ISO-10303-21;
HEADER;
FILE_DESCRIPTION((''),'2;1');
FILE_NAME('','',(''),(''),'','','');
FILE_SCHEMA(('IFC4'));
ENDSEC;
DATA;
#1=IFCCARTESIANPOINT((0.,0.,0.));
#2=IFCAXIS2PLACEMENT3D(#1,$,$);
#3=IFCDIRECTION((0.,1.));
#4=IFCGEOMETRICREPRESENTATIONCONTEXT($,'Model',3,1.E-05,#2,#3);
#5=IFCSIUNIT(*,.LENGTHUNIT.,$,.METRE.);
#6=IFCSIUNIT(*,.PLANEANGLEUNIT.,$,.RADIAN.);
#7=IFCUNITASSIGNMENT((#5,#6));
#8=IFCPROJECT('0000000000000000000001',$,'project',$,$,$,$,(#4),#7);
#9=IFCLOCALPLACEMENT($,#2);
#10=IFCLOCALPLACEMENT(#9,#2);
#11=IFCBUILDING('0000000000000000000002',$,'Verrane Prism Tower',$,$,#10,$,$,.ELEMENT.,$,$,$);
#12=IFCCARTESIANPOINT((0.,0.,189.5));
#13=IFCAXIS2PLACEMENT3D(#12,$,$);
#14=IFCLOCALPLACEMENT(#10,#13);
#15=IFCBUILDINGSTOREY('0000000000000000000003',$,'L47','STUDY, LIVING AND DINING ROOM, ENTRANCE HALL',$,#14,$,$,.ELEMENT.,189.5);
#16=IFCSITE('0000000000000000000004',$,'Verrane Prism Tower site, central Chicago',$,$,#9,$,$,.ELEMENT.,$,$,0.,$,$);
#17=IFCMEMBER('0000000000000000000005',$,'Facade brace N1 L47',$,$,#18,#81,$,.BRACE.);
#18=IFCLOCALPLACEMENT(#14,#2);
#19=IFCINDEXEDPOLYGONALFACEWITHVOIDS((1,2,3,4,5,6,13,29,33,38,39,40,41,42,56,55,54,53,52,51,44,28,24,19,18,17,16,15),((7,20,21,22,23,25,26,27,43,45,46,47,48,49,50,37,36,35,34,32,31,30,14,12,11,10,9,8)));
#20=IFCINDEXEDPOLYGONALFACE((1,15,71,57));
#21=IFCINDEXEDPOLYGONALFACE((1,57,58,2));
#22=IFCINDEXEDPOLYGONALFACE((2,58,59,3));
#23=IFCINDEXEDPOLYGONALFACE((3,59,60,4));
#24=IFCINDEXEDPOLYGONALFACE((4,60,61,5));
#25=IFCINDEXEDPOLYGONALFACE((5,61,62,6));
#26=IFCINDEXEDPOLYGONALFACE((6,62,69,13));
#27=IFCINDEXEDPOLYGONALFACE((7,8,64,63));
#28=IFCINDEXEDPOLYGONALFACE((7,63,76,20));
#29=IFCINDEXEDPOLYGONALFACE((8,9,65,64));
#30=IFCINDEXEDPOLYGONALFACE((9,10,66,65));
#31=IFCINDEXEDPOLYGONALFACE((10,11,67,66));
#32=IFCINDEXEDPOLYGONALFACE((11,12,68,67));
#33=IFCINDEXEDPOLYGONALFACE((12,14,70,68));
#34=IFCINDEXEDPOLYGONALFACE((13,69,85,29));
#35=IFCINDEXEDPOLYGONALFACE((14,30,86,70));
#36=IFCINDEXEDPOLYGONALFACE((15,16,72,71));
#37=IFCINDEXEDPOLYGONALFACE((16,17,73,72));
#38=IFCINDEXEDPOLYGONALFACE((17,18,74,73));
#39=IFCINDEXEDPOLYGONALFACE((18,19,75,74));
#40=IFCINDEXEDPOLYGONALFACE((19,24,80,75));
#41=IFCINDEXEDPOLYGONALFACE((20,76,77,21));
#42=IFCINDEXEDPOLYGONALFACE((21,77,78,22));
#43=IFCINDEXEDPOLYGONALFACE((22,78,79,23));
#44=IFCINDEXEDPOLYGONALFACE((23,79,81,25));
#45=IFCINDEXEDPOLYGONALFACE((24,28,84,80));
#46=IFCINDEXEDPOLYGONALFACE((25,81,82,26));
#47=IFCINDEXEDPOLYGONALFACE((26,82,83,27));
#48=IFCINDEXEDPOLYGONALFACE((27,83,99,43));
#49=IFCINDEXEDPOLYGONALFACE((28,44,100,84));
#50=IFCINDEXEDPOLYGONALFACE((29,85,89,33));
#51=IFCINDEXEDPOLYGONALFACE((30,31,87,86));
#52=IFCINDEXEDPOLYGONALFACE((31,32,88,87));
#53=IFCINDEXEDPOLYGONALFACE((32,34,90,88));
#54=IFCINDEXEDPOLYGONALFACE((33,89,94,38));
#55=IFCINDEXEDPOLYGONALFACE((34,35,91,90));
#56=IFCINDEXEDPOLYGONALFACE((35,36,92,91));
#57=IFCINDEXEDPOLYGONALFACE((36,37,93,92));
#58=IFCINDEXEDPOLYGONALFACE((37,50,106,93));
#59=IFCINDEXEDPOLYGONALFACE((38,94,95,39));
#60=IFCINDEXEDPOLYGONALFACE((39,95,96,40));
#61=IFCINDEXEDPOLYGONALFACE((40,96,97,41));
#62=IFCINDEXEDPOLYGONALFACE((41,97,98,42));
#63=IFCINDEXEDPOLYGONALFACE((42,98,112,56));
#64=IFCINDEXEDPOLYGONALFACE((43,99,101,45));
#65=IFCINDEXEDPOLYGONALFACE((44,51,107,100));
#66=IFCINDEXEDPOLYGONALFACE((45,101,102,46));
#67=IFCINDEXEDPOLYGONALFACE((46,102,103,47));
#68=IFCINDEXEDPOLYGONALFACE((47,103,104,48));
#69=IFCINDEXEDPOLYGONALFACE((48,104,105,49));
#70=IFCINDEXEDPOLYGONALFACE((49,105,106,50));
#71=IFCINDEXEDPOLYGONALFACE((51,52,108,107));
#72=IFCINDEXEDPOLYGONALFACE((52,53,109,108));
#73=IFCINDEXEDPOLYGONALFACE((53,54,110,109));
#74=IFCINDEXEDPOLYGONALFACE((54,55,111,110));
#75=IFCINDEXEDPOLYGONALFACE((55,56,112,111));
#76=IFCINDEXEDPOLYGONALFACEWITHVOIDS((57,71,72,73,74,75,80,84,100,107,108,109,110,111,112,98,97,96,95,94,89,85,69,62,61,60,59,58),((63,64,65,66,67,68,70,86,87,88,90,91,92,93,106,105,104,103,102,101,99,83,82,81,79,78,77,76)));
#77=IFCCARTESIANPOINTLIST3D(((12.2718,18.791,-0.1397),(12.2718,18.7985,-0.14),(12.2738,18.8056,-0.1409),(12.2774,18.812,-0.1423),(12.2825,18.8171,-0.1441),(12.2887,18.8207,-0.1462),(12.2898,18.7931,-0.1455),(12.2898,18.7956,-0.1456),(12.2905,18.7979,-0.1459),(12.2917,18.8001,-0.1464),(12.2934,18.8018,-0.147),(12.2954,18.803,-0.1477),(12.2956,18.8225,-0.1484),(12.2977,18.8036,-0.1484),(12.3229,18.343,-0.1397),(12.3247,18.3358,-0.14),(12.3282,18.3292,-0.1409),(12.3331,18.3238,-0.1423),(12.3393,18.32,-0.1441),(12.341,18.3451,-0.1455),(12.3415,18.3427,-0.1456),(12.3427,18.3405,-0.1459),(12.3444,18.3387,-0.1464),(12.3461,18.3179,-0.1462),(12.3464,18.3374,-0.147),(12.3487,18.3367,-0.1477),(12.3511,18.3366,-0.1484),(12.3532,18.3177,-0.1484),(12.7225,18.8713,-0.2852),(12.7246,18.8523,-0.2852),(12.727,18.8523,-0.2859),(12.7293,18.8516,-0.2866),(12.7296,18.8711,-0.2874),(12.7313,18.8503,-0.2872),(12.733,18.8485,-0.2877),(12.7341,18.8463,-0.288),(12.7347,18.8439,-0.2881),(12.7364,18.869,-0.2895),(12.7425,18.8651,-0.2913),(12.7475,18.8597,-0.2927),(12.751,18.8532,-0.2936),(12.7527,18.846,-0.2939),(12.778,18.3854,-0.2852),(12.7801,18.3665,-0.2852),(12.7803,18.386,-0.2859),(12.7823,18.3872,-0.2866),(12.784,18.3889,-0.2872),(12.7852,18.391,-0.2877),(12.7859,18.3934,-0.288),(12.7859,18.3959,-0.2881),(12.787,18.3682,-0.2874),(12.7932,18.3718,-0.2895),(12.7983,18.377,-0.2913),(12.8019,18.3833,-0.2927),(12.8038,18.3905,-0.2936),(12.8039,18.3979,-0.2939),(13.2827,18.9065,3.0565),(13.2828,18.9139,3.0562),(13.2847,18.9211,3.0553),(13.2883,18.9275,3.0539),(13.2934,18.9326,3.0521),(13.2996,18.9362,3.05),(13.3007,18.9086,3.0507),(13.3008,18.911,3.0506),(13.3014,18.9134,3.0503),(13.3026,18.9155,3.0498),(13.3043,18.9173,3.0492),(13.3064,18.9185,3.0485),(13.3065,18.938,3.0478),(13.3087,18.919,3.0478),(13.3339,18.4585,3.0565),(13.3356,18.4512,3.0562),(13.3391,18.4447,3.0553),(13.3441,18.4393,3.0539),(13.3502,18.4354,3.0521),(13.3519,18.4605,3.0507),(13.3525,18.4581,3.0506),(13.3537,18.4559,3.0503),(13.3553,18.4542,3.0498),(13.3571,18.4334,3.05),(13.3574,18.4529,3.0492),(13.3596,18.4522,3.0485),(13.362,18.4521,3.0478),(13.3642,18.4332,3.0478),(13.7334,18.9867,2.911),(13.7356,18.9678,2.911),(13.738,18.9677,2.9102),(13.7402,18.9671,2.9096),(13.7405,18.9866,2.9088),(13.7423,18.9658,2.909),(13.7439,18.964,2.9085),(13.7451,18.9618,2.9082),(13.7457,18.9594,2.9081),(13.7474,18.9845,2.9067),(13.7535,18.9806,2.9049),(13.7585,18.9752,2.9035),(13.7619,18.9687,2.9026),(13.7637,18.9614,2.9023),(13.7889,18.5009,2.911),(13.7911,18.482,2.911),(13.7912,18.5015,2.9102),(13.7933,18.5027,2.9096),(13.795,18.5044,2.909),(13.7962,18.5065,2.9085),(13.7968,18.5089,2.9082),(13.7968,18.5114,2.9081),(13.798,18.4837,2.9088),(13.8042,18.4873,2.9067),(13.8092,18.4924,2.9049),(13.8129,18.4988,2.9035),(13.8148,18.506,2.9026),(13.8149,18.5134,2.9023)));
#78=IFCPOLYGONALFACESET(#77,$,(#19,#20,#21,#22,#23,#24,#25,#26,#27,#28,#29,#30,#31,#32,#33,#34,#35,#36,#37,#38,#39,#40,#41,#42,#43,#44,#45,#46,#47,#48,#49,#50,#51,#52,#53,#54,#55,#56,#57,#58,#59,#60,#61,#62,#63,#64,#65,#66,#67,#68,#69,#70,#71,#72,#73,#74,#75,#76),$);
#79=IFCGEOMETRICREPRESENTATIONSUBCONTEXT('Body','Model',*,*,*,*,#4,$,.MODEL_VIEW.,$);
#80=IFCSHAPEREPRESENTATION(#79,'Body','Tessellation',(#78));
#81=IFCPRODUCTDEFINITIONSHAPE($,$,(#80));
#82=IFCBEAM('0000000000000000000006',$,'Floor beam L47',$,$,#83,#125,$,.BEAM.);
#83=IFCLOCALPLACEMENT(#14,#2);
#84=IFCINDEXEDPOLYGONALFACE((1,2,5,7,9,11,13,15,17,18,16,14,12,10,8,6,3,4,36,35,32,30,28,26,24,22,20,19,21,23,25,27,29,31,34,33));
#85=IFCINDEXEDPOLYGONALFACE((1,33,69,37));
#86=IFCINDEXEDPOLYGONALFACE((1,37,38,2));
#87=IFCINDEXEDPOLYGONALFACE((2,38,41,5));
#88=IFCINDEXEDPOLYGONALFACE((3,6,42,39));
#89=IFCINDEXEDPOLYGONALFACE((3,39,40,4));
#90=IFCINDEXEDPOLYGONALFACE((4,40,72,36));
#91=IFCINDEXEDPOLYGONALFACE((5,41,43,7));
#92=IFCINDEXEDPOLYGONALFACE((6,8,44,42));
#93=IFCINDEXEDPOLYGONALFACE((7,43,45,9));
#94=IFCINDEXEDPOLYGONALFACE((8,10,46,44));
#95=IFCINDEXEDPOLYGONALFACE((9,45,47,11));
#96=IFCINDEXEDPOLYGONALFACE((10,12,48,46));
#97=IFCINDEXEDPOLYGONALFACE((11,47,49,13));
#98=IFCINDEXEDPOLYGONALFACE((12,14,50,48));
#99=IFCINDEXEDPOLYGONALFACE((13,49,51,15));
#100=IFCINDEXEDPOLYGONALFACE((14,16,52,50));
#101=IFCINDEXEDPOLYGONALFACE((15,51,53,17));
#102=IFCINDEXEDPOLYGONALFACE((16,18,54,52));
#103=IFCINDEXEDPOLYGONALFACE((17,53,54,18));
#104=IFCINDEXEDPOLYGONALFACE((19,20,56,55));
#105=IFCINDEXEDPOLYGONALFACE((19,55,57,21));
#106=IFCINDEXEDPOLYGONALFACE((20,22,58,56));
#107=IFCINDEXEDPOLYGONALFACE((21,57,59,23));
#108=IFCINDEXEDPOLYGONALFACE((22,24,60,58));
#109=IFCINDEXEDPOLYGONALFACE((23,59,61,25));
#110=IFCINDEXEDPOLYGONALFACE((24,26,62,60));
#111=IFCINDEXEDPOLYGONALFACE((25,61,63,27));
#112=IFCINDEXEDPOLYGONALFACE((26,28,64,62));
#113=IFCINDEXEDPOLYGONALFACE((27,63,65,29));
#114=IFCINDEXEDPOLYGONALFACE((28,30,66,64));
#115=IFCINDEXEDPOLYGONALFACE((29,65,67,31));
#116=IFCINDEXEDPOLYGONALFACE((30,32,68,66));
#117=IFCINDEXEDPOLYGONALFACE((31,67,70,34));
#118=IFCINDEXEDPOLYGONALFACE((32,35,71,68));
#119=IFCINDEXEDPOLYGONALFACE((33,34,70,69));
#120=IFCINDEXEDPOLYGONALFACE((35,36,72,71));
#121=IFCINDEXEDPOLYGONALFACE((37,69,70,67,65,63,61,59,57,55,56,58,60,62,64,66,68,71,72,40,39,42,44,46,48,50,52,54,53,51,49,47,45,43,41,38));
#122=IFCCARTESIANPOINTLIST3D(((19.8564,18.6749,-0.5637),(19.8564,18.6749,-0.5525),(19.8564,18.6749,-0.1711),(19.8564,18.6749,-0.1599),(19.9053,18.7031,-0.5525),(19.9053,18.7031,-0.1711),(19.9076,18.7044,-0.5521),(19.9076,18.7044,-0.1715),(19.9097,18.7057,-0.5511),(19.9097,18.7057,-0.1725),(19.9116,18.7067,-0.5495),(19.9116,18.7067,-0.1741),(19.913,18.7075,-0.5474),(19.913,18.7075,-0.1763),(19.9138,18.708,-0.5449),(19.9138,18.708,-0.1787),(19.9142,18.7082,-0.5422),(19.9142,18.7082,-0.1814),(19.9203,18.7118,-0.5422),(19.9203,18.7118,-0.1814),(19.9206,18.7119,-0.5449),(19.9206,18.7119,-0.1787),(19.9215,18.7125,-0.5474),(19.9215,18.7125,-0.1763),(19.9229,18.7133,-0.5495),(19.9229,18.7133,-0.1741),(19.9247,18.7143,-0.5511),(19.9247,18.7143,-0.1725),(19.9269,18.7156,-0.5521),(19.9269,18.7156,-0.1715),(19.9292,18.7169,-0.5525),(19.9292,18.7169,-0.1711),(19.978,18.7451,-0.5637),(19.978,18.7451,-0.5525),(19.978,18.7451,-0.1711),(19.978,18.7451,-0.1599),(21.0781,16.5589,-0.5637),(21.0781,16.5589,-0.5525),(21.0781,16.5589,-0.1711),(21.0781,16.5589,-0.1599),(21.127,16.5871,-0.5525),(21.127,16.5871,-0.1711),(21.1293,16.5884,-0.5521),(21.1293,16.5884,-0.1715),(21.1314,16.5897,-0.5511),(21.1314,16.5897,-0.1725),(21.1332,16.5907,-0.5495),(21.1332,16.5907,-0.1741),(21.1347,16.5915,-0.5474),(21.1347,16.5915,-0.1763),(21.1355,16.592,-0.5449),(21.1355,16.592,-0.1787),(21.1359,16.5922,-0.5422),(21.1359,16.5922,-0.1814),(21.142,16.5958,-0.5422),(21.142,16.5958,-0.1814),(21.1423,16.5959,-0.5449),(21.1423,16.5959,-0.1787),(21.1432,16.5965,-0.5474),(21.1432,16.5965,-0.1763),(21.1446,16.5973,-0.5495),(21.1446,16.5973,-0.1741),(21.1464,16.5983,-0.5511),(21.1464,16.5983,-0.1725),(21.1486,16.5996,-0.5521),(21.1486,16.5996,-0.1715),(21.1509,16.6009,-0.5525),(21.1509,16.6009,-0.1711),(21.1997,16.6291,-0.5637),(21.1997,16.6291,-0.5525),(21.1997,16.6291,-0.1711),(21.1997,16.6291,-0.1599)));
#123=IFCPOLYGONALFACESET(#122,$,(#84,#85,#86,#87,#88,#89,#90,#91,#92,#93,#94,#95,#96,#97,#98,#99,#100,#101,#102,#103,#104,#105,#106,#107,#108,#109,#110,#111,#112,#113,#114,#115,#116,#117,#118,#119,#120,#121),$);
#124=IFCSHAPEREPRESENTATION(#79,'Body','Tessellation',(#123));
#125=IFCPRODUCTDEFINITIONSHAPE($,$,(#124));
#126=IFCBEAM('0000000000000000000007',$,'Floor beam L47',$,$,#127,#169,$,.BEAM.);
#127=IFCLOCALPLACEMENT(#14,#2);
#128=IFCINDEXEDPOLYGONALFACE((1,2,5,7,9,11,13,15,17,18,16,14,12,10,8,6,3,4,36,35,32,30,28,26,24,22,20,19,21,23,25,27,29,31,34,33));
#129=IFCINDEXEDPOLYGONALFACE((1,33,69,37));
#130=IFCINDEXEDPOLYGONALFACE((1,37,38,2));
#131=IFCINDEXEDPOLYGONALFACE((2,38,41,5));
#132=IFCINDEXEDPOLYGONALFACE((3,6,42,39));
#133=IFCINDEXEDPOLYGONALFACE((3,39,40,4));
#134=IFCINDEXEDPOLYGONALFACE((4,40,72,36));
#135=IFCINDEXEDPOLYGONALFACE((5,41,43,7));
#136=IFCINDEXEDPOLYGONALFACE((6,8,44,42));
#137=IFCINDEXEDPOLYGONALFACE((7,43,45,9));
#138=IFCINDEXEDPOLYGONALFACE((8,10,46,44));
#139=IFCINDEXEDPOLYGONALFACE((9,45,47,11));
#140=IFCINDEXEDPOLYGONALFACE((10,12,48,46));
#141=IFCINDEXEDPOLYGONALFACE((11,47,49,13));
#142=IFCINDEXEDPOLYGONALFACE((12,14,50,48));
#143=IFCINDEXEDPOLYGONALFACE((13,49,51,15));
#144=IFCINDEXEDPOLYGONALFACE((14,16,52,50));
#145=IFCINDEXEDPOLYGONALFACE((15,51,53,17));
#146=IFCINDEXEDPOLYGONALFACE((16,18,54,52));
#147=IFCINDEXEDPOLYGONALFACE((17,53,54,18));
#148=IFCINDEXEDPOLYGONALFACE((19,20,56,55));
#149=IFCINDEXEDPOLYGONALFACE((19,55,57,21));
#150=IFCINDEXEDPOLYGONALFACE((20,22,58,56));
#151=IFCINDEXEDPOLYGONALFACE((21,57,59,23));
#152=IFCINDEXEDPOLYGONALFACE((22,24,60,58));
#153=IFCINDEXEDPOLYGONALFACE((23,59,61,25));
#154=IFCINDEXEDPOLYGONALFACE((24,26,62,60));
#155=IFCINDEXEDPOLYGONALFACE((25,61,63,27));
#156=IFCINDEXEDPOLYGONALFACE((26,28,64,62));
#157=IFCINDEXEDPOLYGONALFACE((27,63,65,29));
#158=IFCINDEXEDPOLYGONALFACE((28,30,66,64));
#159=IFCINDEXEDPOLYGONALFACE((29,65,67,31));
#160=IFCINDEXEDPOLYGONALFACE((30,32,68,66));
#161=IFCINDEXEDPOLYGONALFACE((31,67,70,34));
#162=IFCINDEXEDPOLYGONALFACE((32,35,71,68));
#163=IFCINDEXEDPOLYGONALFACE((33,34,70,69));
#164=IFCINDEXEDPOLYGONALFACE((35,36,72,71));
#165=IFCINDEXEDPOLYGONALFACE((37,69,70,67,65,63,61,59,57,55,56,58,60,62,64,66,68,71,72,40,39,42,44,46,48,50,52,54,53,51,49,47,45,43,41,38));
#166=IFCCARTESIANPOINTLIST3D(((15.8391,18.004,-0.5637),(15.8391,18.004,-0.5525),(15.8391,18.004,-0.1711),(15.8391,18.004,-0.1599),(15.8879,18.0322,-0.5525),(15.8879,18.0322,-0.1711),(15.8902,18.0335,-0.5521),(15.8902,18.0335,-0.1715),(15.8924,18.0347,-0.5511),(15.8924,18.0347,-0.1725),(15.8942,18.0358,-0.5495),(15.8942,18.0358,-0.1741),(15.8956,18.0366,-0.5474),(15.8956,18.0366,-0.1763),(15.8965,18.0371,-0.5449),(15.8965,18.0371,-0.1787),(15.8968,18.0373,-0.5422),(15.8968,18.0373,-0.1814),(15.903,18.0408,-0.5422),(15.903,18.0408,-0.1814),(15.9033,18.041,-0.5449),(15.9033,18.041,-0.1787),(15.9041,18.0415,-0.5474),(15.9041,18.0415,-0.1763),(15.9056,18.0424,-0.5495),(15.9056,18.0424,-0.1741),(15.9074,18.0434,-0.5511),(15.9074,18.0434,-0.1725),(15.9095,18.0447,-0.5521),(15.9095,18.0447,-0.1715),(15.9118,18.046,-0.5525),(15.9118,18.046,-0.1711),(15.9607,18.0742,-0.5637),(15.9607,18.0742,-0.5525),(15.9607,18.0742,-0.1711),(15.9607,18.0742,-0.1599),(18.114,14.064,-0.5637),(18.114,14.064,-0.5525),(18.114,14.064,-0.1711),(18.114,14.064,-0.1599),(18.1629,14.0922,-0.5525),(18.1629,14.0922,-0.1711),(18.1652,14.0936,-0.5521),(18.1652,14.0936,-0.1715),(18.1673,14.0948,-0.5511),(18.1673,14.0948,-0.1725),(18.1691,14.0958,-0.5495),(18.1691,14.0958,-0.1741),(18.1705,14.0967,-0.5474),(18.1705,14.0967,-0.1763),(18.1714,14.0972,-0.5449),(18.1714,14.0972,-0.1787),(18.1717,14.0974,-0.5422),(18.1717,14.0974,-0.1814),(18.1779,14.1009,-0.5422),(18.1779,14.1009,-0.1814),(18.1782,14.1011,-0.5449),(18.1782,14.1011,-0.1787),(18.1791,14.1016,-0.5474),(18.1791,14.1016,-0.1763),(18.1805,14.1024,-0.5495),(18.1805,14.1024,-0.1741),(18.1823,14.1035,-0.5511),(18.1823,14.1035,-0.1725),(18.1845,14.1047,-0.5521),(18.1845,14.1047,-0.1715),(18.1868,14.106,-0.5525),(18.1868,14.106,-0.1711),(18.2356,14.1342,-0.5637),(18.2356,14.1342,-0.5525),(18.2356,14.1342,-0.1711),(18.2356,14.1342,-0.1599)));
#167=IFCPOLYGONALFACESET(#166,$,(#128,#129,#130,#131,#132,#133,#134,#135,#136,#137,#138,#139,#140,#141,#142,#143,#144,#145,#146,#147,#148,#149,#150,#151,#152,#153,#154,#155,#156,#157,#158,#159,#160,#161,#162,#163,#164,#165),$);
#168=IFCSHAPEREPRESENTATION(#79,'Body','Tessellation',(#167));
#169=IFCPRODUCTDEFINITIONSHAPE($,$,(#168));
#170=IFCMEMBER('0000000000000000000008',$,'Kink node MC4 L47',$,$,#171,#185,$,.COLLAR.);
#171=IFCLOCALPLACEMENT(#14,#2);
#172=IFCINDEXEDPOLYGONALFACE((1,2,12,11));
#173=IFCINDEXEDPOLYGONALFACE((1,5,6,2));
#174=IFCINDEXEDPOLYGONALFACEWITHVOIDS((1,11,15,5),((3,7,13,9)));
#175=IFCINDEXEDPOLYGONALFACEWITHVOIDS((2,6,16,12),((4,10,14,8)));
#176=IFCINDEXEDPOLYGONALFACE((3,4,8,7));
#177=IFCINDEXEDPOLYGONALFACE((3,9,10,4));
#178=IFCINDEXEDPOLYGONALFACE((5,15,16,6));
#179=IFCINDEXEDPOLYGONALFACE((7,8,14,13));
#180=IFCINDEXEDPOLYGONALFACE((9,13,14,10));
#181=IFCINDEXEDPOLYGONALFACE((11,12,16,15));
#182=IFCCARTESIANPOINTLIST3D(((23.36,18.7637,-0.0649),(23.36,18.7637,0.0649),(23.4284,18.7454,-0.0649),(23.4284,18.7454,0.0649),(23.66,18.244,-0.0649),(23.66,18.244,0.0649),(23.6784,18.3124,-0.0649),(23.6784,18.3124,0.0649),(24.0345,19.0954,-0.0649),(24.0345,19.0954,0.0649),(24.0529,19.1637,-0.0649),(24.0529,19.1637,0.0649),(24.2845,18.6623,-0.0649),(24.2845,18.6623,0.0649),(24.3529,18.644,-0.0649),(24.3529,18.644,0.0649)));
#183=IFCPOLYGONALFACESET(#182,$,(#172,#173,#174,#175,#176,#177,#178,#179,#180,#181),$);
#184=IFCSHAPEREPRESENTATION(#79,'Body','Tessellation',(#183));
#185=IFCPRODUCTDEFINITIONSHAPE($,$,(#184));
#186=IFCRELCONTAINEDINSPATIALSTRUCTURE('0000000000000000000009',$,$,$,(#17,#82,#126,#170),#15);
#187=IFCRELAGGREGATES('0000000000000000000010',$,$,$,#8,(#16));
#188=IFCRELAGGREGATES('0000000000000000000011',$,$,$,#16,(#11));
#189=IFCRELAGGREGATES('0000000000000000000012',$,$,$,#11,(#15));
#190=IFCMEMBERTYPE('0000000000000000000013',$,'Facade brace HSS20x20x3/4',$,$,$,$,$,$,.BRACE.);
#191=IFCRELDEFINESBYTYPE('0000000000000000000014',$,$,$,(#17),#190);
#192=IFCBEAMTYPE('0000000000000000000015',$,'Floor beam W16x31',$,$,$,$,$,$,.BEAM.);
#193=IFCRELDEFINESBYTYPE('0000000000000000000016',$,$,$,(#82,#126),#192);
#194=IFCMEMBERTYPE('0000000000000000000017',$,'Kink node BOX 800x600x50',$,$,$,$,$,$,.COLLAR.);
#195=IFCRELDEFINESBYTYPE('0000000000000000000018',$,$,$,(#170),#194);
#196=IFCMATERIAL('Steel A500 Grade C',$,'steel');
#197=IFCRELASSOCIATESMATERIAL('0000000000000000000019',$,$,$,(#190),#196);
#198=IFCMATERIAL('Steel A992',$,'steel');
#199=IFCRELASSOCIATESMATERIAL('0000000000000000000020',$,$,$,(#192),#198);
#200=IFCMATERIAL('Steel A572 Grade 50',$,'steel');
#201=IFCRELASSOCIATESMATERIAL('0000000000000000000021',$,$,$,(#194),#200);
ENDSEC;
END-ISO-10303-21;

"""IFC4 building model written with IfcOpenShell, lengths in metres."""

from ifc_helpers import new_model, si_unit, direction, frame, origin, origin_2d, place, context, subcontext, project, spatial, hollow_rectangle, i_section, extrude, material, material_profile, profile_set, type_object, element, save


model = new_model("IFC4")

# Units and contexts
model_context = context("Model", 3, precision=1e-05, world=origin(), true_north=direction((0.0, 1.0)))
body_context = subcontext(model_context, "Body", "Model", "MODEL_VIEW")
ifc_project = project(units=[si_unit("LENGTHUNIT", "METRE"), si_unit("PLANEANGLEUNIT", "RADIAN")], contexts=[model_context])

# Site, building, storey
site_placement = place(None, origin())
site = spatial("IfcSite", under=ifc_project, at=site_placement, Name="Verrane Prism Tower site, central Chicago", CompositionType="ELEMENT", RefElevation=0.0)
building_placement = place(site_placement, origin())
building = spatial("IfcBuilding", under=site, at=building_placement, Name="Verrane Prism Tower", CompositionType="ELEMENT")
storey_placement = place(building_placement, frame((0.0, 0.0, 189.5)))
storey = spatial("IfcBuildingStorey", under=building, at=storey_placement, Name="L47", Description="STUDY, LIVING AND DINING ROOM, ENTRANCE HALL", CompositionType="ELEMENT", Elevation=189.5)

# Member
ifc_material_1 = material(Name="Steel A500 Grade C", Category="steel")
ifc_material_profile_1 = material_profile(ifc_material_1, hollow_rectangle(XDim=0.5081, YDim=0.5081, WallThickness=0.019, InnerFilletRadius=0.0095, OuterFilletRadius=0.0286, at=origin_2d()), Name="HSS20x20x3/4")
ifc_profile_set_1 = profile_set([ifc_material_profile_1], Name="Steel A500 Grade C")
member_type_1 = type_object("IfcMemberType", Name="Facade brace HSS20x20x3/4", PredefinedType="BRACE", material=ifc_profile_set_1)
member_1_placement = place(storey_placement, frame((12.5378, 18.5945, -0.2168), z_axis=(0.301395, 0.034426, 0.952878), x_axis=(-0.113486, 0.99354, 0.0)))
element("IfcMember", 1, at=member_1_placement, inside=storey, type_object=member_type_1, Name="Facade brace N1 L47", PredefinedType="BRACE", context=body_context, shape_type="SweptSolid", body=[
    extrude(hollow_rectangle(XDim=0.5081, YDim=0.5081, WallThickness=0.019, InnerFilletRadius=0.0095, OuterFilletRadius=0.0286, at=origin_2d()), origin(), (0.0, 0.0, 1.0), 3.3542),
])

# Beams
ifc_material_2 = material(Name="Steel A992", Category="steel")
ifc_material_profile_2 = material_profile(ifc_material_2, i_section(OverallWidth=0.1404, OverallDepth=0.4038, WebThickness=0.0071, FlangeThickness=0.0112, FilletRadius=0.0103, at=origin_2d()), Name="W16x31")
ifc_profile_set_2 = profile_set([ifc_material_profile_2], Name="Steel A992")
beam_type_1 = type_object("IfcBeamType", Name="Floor beam W16x31", PredefinedType="BEAM", material=ifc_profile_set_2)
beam_1_placement = place(storey_placement, frame((21.1389, 16.594, -0.3618), z_axis=(-0.500008, 0.866021, 0.0), x_axis=(-0.866021, -0.500008, 0.0)))
element("IfcBeam", 2, at=beam_1_placement, inside=storey, type_object=beam_type_1, Name="Floor beam L47", PredefinedType="BEAM", context=body_context, shape_type="SweptSolid", body=[
    extrude(i_section(OverallWidth=0.1404, OverallDepth=0.4038, WebThickness=0.0071, FlangeThickness=0.0112, FilletRadius=0.0103, at=origin_2d()), origin(), (0.0, 0.0, 1.0), 2.4434),
])
beam_2_placement = place(storey_placement, frame((18.1748, 14.0991, -0.3618), z_axis=(-0.500029, 0.866009, 0.0), x_axis=(-0.866009, -0.500029, 0.0)))
element("IfcBeam", 3, at=beam_2_placement, inside=storey, type_object=beam_type_1, Name="Floor beam L47", PredefinedType="BEAM", context=body_context, shape_type="SweptSolid", body=[
    extrude(i_section(OverallWidth=0.1404, OverallDepth=0.4038, WebThickness=0.0071, FlangeThickness=0.0112, FilletRadius=0.0103, at=origin_2d()), origin(), (0.0, 0.0, 1.0), 4.5496),
])

# Member
ifc_material_3 = material(Name="Steel A572 Grade 50", Category="steel")
ifc_material_profile_3 = material_profile(ifc_material_3, hollow_rectangle(XDim=0.6001, YDim=0.8, WallThickness=0.05, at=origin_2d()), Name="BOX 800x600x50")
ifc_profile_set_3 = profile_set([ifc_material_profile_3], Name="Steel A572 Grade 50")
member_type_2 = type_object("IfcMemberType", Name="Kink node BOX 800x600x50", PredefinedType="COLLAR", material=ifc_profile_set_3)
member_2_placement = place(storey_placement, frame((23.8564, 18.7039, -0.0649), z_axis=(0.0, 0.0, 1.0), x_axis=(0.5, -0.866025, 0.0)))
element("IfcMember", 4, at=member_2_placement, inside=storey, type_object=member_type_2, Name="Kink node MC4 L47", PredefinedType="COLLAR", context=body_context, shape_type="SweptSolid", body=[
    extrude(hollow_rectangle(XDim=0.6001, YDim=0.8, WallThickness=0.05, at=origin_2d()), origin(), (0.0, 0.0, 1.0), 0.1299),
])

save(model, "model.ifc")
